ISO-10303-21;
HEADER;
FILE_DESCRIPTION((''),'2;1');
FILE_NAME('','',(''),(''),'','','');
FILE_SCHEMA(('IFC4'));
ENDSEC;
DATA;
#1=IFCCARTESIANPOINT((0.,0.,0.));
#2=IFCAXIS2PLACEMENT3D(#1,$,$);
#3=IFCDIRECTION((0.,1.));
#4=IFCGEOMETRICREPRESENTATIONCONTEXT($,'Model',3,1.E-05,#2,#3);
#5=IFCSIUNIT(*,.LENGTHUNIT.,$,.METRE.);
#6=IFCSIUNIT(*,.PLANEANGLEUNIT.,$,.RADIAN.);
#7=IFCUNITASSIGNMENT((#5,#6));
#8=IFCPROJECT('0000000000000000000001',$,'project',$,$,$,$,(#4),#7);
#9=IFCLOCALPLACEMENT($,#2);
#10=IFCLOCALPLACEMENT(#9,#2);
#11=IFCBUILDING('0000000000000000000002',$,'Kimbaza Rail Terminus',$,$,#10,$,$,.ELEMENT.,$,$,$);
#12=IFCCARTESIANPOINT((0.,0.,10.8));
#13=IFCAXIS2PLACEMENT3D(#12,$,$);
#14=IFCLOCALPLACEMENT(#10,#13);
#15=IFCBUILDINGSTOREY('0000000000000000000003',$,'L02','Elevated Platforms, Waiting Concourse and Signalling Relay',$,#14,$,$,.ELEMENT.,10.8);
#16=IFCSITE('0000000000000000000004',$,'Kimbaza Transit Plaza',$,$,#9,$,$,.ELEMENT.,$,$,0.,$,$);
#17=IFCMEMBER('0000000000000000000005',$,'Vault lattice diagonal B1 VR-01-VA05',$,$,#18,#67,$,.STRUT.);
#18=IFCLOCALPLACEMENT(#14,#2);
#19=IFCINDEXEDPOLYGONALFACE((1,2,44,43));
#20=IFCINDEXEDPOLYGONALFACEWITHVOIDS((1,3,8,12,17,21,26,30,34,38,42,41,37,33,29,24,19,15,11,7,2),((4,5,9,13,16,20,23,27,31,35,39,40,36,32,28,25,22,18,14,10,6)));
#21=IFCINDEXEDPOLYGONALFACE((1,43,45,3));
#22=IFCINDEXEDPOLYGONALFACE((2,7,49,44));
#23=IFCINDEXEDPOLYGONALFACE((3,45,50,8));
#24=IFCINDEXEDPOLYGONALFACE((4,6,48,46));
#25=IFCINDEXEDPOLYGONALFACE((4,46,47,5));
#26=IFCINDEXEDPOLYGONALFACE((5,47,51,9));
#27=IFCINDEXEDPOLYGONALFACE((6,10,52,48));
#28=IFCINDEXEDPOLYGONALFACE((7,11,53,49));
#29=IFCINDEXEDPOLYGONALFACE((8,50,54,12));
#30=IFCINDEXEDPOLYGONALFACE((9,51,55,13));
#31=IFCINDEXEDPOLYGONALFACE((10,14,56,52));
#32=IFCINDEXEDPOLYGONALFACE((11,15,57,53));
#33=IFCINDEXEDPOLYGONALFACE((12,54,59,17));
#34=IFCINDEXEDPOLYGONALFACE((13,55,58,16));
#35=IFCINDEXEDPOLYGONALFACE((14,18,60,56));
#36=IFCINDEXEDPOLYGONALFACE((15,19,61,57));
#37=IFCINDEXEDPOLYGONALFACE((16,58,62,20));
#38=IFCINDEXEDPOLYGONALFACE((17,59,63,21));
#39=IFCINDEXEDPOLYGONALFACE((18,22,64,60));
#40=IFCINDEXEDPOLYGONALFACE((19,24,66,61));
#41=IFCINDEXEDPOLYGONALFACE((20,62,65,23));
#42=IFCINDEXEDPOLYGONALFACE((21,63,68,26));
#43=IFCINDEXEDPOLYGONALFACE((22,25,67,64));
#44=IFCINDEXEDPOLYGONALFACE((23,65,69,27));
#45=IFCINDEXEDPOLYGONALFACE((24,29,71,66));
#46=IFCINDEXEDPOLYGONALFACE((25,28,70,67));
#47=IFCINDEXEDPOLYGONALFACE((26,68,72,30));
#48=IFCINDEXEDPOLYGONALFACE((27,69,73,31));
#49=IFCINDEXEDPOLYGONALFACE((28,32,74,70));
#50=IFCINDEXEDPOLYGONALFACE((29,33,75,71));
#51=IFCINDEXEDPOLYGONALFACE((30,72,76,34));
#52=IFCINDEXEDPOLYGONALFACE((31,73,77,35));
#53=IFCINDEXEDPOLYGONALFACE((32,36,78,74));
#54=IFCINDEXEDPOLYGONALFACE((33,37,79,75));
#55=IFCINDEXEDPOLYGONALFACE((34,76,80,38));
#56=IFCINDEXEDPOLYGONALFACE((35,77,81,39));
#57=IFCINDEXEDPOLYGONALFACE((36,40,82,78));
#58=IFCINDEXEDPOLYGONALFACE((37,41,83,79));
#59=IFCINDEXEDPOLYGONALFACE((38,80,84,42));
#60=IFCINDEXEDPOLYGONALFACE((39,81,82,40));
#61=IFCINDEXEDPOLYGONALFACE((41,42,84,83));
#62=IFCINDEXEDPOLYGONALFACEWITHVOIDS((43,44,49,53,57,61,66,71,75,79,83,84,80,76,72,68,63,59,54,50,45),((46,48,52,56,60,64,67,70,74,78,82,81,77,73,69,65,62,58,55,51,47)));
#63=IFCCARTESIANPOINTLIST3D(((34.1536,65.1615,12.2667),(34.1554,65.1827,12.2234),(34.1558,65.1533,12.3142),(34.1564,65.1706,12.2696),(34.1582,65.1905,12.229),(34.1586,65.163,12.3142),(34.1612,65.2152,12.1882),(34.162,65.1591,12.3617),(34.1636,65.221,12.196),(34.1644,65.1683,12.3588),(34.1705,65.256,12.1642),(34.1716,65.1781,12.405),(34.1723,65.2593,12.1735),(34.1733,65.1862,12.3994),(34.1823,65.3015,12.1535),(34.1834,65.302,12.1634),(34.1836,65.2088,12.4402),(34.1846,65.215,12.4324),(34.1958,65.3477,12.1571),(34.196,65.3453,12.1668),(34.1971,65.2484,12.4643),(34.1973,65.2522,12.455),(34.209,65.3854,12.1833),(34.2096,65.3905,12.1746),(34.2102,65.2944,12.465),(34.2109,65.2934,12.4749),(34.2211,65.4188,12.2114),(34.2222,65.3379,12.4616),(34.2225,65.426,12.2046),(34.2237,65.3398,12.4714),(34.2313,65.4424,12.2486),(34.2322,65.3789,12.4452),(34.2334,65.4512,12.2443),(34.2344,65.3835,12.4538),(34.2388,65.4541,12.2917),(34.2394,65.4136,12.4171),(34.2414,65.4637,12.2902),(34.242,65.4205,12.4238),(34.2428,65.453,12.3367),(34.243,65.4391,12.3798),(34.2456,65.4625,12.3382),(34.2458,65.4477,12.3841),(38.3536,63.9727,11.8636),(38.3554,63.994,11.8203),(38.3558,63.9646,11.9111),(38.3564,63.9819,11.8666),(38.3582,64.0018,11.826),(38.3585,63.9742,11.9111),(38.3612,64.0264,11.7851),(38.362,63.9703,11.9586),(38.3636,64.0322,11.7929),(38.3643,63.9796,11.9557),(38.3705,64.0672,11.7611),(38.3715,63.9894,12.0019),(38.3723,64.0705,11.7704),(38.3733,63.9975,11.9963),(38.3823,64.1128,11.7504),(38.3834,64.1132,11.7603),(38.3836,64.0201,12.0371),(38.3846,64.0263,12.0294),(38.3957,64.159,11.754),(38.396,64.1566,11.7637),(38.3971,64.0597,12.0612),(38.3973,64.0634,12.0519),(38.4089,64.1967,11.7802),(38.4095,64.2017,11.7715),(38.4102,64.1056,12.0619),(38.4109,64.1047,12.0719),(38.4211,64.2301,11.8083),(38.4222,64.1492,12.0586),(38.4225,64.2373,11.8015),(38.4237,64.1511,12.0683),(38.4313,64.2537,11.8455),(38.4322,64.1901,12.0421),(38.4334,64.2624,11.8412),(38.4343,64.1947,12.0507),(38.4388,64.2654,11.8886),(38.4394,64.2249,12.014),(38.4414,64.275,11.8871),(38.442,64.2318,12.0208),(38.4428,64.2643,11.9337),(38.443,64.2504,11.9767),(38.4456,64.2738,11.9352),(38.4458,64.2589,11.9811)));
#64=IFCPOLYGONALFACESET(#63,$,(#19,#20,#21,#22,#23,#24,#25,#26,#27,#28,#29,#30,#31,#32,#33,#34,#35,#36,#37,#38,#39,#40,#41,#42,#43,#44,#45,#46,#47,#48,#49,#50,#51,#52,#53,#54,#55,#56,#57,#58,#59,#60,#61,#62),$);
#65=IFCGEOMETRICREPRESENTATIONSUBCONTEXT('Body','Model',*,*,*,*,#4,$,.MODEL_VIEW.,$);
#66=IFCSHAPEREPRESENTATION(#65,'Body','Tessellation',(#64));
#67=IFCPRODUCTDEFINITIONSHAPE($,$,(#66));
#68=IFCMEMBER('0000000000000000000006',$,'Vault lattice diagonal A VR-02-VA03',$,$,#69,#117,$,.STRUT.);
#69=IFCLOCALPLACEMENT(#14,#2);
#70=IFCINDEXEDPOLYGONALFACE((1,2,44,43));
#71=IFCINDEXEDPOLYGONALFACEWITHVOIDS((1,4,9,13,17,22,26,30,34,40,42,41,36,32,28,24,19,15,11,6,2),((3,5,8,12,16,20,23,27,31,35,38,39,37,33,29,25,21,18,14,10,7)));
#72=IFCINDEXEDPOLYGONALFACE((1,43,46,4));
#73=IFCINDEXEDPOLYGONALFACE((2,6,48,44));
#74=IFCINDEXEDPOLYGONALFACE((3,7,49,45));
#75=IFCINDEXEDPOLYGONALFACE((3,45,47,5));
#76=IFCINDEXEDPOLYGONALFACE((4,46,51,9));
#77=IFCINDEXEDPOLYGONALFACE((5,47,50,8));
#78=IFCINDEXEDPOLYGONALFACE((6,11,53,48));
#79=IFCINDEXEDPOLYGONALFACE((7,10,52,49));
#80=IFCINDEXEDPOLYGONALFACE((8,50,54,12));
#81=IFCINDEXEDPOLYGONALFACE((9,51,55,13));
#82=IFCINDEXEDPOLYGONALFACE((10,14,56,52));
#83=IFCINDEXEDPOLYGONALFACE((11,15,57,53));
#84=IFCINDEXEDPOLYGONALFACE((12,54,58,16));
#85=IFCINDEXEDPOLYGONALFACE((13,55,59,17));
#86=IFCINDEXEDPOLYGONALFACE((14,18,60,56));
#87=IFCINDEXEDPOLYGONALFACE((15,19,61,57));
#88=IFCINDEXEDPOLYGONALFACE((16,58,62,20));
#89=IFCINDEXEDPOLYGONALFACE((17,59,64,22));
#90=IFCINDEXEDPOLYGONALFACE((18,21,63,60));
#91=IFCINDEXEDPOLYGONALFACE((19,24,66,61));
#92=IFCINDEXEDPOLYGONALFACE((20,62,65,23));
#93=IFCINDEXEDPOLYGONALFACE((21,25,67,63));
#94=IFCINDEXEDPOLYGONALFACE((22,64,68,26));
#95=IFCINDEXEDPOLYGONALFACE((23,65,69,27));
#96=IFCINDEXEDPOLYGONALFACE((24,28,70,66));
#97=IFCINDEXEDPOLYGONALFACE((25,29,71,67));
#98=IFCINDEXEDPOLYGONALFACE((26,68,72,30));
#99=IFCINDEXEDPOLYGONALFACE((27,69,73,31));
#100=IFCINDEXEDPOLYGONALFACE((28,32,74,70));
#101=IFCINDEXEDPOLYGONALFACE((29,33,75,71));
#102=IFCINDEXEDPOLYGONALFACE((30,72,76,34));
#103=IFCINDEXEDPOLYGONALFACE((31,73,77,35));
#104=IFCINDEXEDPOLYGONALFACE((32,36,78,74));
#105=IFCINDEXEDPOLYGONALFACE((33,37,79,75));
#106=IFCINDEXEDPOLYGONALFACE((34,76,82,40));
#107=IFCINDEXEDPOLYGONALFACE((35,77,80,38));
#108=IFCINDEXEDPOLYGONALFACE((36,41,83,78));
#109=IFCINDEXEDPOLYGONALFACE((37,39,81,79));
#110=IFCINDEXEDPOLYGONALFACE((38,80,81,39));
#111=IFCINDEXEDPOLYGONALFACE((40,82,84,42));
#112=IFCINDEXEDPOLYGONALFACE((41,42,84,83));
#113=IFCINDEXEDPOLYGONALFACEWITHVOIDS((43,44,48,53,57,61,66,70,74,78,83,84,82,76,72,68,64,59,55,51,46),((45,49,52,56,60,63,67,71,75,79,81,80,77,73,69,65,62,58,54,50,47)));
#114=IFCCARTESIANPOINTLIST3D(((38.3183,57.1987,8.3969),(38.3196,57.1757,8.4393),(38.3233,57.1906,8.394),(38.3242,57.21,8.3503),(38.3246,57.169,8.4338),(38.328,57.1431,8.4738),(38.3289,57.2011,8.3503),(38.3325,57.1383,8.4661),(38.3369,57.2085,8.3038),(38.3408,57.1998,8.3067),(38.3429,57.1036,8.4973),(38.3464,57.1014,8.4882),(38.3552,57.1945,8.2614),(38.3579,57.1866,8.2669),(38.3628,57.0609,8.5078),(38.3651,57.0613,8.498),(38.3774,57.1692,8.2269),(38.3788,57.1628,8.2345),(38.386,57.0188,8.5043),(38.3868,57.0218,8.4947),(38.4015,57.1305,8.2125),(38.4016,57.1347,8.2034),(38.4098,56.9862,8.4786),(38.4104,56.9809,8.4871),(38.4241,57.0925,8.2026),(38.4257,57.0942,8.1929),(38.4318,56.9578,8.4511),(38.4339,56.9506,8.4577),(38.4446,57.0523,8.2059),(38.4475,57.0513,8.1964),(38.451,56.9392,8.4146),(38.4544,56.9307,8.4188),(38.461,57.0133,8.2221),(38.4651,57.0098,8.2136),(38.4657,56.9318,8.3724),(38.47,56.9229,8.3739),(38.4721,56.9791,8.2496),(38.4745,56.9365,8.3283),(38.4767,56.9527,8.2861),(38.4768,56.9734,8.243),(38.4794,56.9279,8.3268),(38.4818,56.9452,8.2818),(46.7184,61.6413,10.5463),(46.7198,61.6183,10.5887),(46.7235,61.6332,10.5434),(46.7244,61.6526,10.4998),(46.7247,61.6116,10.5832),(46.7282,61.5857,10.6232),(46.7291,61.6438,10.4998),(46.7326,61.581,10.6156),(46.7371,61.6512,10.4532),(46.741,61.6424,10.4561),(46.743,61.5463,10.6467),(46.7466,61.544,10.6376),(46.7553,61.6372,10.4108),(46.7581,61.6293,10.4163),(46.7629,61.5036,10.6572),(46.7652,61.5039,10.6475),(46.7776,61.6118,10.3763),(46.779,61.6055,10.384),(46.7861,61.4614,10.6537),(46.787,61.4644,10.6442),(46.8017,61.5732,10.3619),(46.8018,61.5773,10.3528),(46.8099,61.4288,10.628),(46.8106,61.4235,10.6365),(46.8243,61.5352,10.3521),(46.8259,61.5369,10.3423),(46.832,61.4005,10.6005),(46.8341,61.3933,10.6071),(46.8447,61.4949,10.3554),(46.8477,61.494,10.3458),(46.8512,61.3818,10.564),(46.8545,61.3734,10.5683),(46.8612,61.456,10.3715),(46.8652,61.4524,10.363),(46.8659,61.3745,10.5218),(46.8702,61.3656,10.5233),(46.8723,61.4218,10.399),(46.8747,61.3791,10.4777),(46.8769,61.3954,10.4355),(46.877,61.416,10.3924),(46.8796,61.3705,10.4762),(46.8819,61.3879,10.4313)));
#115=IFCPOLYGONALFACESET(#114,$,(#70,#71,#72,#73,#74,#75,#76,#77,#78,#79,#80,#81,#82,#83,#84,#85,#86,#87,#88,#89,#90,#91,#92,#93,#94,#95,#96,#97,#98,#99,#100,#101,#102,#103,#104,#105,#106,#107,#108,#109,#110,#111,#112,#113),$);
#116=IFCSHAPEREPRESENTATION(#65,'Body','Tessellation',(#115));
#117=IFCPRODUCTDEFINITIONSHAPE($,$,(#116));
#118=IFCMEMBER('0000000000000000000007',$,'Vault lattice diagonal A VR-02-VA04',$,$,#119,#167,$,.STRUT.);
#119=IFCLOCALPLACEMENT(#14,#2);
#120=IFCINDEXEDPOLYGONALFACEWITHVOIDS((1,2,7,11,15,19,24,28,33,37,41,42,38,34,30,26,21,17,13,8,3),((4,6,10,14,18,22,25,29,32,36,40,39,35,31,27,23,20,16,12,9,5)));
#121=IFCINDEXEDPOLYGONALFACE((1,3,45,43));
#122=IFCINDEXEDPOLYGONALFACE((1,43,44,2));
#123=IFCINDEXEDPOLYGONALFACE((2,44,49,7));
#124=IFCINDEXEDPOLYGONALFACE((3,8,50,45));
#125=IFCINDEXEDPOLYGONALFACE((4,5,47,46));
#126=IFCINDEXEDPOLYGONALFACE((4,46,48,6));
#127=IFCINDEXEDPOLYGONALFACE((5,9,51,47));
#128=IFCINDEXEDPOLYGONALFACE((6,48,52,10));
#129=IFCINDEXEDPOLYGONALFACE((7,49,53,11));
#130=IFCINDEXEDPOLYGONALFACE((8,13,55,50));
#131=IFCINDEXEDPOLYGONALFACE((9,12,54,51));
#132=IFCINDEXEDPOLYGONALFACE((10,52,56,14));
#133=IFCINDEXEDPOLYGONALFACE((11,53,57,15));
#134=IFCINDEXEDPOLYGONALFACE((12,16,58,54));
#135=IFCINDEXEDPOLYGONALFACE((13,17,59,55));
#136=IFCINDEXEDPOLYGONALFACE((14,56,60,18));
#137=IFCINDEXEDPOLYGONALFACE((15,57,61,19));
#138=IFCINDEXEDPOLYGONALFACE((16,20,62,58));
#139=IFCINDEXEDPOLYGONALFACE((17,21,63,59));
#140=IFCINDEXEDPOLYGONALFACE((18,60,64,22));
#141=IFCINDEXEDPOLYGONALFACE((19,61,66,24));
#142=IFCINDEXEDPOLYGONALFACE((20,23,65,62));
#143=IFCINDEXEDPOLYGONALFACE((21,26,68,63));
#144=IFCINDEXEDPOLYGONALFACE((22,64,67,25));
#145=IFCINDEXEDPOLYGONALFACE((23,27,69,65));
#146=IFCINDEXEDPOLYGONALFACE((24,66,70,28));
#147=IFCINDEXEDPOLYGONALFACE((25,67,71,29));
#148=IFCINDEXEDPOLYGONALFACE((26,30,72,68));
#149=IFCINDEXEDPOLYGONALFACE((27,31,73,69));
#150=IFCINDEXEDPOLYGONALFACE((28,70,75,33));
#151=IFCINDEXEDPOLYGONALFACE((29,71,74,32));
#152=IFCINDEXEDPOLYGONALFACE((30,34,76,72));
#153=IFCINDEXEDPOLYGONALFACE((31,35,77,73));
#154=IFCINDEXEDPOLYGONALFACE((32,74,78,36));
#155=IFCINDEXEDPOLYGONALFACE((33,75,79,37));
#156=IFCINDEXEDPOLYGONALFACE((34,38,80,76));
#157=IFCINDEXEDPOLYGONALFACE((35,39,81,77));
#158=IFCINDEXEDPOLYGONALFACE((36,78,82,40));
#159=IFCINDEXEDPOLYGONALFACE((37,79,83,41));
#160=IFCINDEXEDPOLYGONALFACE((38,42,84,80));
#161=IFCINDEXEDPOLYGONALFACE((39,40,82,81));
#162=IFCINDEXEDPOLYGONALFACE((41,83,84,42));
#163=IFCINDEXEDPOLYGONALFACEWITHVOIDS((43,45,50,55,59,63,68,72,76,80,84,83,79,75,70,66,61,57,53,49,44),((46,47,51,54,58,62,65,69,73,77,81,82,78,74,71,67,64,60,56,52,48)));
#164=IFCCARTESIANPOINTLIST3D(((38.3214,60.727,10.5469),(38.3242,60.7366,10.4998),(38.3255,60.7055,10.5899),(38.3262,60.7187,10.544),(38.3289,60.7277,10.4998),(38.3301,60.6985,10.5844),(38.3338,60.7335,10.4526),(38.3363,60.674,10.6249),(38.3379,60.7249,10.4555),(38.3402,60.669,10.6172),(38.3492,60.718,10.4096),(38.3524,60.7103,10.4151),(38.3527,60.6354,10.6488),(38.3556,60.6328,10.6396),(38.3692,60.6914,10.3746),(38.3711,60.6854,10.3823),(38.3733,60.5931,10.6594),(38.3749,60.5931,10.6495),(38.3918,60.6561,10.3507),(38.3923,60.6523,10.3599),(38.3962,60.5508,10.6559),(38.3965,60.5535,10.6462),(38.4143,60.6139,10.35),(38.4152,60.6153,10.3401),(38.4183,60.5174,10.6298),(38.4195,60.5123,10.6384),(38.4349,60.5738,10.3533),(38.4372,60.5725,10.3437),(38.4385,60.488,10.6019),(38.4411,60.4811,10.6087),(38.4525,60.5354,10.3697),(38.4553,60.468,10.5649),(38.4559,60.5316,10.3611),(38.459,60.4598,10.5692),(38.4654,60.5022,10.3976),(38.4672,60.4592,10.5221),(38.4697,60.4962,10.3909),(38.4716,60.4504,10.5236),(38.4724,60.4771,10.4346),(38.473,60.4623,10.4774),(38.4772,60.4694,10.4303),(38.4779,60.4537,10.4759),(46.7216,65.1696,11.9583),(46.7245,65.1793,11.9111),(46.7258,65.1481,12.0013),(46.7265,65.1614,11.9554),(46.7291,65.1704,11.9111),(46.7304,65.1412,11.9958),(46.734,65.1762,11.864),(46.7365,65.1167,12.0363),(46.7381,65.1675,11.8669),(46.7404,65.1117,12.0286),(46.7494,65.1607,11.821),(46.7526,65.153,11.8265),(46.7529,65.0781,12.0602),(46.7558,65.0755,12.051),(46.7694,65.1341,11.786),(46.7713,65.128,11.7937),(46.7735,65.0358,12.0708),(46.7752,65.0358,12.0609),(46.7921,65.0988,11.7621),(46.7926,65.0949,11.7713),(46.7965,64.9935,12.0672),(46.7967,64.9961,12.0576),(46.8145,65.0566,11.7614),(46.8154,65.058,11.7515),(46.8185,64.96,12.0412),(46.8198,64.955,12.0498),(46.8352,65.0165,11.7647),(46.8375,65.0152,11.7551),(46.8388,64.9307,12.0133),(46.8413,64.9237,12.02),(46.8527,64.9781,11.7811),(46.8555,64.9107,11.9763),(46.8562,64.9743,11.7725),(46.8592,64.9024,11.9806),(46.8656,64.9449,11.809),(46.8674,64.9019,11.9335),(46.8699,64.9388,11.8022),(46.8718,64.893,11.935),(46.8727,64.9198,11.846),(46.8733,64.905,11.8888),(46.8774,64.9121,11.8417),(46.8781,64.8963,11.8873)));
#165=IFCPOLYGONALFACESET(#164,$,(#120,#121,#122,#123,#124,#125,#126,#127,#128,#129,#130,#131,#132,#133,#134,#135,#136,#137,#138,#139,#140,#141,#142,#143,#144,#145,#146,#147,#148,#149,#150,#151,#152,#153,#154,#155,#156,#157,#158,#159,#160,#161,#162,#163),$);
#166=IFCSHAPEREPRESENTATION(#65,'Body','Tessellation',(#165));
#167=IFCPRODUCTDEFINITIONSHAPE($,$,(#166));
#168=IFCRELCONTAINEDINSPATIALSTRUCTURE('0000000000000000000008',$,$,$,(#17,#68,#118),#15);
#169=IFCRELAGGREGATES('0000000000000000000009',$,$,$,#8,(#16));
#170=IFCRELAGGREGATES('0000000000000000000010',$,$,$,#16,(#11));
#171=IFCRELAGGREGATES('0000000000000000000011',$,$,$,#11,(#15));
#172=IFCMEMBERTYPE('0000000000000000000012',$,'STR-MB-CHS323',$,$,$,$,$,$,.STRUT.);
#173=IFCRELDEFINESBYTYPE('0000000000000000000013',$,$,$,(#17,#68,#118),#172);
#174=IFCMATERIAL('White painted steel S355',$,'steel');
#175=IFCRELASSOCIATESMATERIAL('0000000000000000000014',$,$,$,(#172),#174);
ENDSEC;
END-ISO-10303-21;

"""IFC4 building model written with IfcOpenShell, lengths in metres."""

from ifc_helpers import new_model, si_unit, direction, frame, origin, origin_2d, place, context, subcontext, project, spatial, hollow_circle, extrude, material, material_profile, profile_set, type_object, element, save


model = new_model("IFC4")

# Units and contexts
model_context = context("Model", 3, precision=1e-05, world=origin(), true_north=direction((0.0, 1.0)))
body_context = subcontext(model_context, "Body", "Model", "MODEL_VIEW")
ifc_project = project(units=[si_unit("LENGTHUNIT", "METRE"), si_unit("PLANEANGLEUNIT", "RADIAN")], contexts=[model_context])

# Site, building, storey
site_placement = place(None, origin())
site = spatial("IfcSite", under=ifc_project, at=site_placement, Name="Kimbaza Transit Plaza", CompositionType="ELEMENT", RefElevation=0.0)
building_placement = place(site_placement, origin())
building = spatial("IfcBuilding", under=site, at=building_placement, Name="Kimbaza Rail Terminus", CompositionType="ELEMENT")
storey_placement = place(building_placement, frame((0.0, 0.0, 10.8)))
storey = spatial("IfcBuildingStorey", under=building, at=storey_placement, Name="L02", Description="Elevated Platforms, Waiting Concourse and Signalling Relay", CompositionType="ELEMENT", Elevation=10.8)

# Members
ifc_material_1 = material(Name="White painted steel S355", Category="steel")
ifc_material_profile_1 = material_profile(ifc_material_1, hollow_circle(Radius=0.1619, WallThickness=0.01, at=origin_2d()), Name="CHS 323.9x10")
ifc_profile_set_1 = profile_set([ifc_material_profile_1], Name="White painted steel S355")
member_type_1 = type_object("IfcMemberType", Name="STR-MB-CHS323", PredefinedType="STRUT", material=ifc_profile_set_1)
member_1_placement = place(storey_placement, frame((38.3999, 64.1204, 11.9111), z_axis=(-0.958126, 0.27118, 0.091953), x_axis=(-0.272334, -0.962203, 0.0)))
element("IfcMember", 1, at=member_1_placement, inside=storey, type_object=member_type_1, Name="Vault lattice diagonal B1 VR-01-VA05", PredefinedType="STRUT", context=body_context, shape_type="SweptSolid", body=[
    extrude(hollow_circle(Radius=0.1619, WallThickness=0.01, at=origin_2d()), origin(), (0.0, 0.0, 1.0), 4.3835),
])
member_2_placement = place(storey_placement, frame((38.3999, 57.0669, 8.3503), z_axis=(0.862203, 0.455997, 0.220619), x_axis=(-0.467517, 0.883984, 0.0)))
element("IfcMember", 2, at=member_2_placement, inside=storey, type_object=member_type_1, Name="Vault lattice diagonal A VR-02-VA03", PredefinedType="STRUT", context=body_context, shape_type="SweptSolid", body=[
    extrude(hollow_circle(Radius=0.1619, WallThickness=0.01, at=origin_2d()), origin(), (0.0, 0.0, 1.0), 9.7427),
])
member_3_placement = place(storey_placement, frame((38.3999, 60.5935, 10.4998), z_axis=(0.874392, 0.462444, 0.146914), x_axis=(-0.467517, 0.883984, 0.0)))
element("IfcMember", 3, at=member_3_placement, inside=storey, type_object=member_type_1, Name="Vault lattice diagonal A VR-02-VA04", PredefinedType="STRUT", context=body_context, shape_type="SweptSolid", body=[
    extrude(hollow_circle(Radius=0.1619, WallThickness=0.01, at=origin_2d()), origin(), (0.0, 0.0, 1.0), 9.6069),
])

save(model, "model.ifc")
